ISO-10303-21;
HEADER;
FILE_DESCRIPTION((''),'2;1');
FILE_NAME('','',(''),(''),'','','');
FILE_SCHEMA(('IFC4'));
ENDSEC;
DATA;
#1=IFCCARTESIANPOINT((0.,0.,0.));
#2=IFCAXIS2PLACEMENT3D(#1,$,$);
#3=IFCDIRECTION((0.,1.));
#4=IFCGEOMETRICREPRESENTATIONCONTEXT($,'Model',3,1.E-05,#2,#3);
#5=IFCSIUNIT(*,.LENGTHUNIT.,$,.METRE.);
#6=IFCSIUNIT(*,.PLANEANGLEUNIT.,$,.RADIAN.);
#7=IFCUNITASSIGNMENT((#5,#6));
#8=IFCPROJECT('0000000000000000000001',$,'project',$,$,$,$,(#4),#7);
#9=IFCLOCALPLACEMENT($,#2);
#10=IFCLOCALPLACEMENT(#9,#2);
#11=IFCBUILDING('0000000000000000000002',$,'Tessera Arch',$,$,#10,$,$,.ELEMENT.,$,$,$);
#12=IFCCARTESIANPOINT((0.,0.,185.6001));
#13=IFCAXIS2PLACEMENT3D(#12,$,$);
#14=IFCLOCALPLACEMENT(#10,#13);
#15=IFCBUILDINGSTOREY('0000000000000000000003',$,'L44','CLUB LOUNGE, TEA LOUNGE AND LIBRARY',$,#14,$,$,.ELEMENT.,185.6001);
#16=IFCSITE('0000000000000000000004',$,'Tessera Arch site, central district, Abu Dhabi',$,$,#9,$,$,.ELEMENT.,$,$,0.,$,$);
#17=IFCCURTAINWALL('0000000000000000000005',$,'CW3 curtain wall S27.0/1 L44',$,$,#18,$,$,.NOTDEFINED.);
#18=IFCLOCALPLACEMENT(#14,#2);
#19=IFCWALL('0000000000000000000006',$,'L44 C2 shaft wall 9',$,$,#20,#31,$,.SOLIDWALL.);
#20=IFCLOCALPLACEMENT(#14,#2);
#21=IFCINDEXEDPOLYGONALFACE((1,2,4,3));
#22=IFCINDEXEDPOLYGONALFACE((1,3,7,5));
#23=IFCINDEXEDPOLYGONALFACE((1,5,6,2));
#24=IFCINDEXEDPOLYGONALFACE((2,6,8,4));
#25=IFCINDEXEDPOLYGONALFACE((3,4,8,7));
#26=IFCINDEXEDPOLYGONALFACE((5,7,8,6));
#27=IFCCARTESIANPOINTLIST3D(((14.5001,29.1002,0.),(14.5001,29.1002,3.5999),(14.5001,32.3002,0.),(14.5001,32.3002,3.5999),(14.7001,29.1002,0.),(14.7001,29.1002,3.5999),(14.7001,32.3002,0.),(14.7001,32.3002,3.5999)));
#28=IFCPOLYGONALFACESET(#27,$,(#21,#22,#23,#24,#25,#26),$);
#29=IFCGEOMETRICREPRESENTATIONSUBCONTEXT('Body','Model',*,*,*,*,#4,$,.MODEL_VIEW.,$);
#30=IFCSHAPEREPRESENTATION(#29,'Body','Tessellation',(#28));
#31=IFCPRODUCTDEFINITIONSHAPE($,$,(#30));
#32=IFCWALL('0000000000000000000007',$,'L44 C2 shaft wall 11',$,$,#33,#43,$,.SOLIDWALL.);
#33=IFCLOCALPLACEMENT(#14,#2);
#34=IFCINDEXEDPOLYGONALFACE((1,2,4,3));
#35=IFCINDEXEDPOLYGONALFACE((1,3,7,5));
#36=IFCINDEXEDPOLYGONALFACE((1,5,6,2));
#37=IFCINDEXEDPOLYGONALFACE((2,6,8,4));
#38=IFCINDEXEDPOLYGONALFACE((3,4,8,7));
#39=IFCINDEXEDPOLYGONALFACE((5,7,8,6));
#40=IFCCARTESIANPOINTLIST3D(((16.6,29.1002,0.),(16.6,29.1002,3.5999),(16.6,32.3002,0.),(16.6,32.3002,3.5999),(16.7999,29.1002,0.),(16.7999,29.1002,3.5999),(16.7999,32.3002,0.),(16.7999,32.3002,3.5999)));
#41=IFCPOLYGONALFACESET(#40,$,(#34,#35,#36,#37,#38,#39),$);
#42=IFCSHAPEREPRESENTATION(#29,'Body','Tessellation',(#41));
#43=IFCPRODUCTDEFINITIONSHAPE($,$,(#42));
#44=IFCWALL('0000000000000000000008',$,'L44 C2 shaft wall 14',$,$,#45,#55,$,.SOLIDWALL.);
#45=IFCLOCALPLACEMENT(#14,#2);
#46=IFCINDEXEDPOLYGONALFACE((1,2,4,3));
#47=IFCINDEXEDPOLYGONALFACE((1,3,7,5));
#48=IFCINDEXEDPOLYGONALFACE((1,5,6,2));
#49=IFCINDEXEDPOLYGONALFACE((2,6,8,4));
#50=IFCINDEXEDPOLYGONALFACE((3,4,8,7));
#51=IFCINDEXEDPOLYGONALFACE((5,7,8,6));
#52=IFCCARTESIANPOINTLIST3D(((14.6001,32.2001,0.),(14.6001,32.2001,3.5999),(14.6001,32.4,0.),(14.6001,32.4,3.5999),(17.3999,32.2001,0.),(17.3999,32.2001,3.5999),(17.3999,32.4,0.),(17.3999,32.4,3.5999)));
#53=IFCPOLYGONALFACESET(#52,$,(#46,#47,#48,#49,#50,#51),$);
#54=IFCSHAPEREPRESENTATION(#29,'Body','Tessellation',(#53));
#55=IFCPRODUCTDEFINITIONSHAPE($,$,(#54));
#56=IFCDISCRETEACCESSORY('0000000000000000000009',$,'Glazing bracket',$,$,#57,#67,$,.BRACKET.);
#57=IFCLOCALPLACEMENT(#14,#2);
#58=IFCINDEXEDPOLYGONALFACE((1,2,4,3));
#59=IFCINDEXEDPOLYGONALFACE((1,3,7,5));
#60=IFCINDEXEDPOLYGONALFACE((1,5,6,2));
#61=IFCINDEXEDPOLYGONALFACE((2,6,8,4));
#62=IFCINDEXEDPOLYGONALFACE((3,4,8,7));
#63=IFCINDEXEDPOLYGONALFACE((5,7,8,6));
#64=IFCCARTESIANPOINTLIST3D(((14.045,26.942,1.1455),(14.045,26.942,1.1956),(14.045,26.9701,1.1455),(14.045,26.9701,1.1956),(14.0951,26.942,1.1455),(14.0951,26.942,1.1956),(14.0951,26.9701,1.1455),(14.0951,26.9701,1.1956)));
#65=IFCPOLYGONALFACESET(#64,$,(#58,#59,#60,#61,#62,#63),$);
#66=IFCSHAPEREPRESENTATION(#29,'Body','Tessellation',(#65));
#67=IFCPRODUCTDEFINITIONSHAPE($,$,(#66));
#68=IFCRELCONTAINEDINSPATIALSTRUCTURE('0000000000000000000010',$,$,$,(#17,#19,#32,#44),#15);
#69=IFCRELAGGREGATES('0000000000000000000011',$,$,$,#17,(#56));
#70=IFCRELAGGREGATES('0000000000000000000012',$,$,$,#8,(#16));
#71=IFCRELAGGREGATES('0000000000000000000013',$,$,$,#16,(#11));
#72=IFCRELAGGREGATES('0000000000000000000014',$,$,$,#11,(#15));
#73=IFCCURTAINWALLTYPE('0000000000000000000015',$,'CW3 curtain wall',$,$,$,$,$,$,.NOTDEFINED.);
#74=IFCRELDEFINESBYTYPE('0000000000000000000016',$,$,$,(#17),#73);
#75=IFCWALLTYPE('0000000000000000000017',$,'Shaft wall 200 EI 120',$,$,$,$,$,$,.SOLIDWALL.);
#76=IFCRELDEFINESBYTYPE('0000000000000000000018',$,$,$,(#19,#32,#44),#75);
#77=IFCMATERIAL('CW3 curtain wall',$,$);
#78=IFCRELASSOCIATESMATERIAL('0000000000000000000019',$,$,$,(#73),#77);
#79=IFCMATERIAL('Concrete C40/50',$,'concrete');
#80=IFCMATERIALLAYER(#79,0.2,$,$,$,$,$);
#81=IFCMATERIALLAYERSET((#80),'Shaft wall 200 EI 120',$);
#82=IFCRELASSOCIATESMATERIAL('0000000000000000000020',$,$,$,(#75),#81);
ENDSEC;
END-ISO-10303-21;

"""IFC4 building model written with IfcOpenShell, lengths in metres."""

from ifc_helpers import new_model, si_unit, direction, frame, frame_2d, origin, origin_2d, place, context, subcontext, project, spatial, rectangle, extrude, material, layer, layer_set, type_object, element, aggregate, save


model = new_model("IFC4")

# Units and contexts
model_context = context("Model", 3, precision=1e-05, world=origin(), true_north=direction((0.0, 1.0)))
body_context = subcontext(model_context, "Body", "Model", "MODEL_VIEW")
ifc_project = project(units=[si_unit("LENGTHUNIT", "METRE"), si_unit("PLANEANGLEUNIT", "RADIAN")], contexts=[model_context])

# Site, building, storey
site_placement = place(None, origin())
site = spatial("IfcSite", under=ifc_project, at=site_placement, Name="Tessera Arch site, central district, Abu Dhabi", CompositionType="ELEMENT", RefElevation=0.0)
building_placement = place(site_placement, origin())
building = spatial("IfcBuilding", under=site, at=building_placement, Name="Tessera Arch", CompositionType="ELEMENT")
storey_placement = place(building_placement, frame((0.0, 0.0, 185.6001)))
storey = spatial("IfcBuildingStorey", under=building, at=storey_placement, Name="L44", Description="CLUB LOUNGE, TEA LOUNGE AND LIBRARY", CompositionType="ELEMENT", Elevation=185.6001)

# Curtain wall
ifc_material_1 = material(Name="CW3 curtain wall")
curtain_wall_type_1 = type_object("IfcCurtainWallType", Name="CW3 curtain wall", PredefinedType="NOTDEFINED", material=ifc_material_1)
curtain_wall_1_placement = place(storey_placement, origin())
curtain_wall_1 = element("IfcCurtainWall", 1, at=curtain_wall_1_placement, inside=storey, type_object=curtain_wall_type_1, Name="CW3 curtain wall S27.0/1 L44", PredefinedType="NOTDEFINED")

# Walls
ifc_material_2 = material(Name="Concrete C40/50", Category="concrete")
ifc_layer_1 = layer(ifc_material_2, 0.2)
ifc_layer_set_1 = layer_set([ifc_layer_1], Name="Shaft wall 200 EI 120")
wall_type_1 = type_object("IfcWallType", Name="Shaft wall 200 EI 120", PredefinedType="SOLIDWALL", material=ifc_layer_set_1)
for number, where, z_axis, x_axis, name in (
    (2, (14.6001, 29.1001, 0.0), (0.0, 0.0, 1.0), (0.0, 1.0, 0.0), "L44 C2 shaft wall 9"),
    (3, (16.7, 29.1001, 0.0), (0.0, 0.0, 1.0), (0.0, 1.0, 0.0), "L44 C2 shaft wall 11"),
):
    element("IfcWall", number, at=place(storey_placement, frame(where, z_axis=z_axis, x_axis=x_axis)), inside=storey, type_object=wall_type_1, Name=name, PredefinedType="SOLIDWALL", context=body_context, shape_type="SweptSolid", body=[
        extrude(rectangle(XDim=3.2, YDim=0.2, at=frame_2d((1.6001, 0.0))), origin(), (0.0, 0.0, 1.0), 3.5999),
    ])
wall_1_placement = place(storey_placement, frame((14.6001, 32.3, 0.0), z_axis=(0.0, 0.0, 1.0), x_axis=(1.0, 0.0, 0.0)))
element("IfcWall", 4, at=wall_1_placement, inside=storey, type_object=wall_type_1, Name="L44 C2 shaft wall 14", PredefinedType="SOLIDWALL", context=body_context, shape_type="SweptSolid", body=[
    extrude(rectangle(XDim=2.7998, YDim=0.2, at=frame_2d((1.3999, 0.0))), origin(), (0.0, 0.0, 1.0), 3.5999),
])

# Discrete accessory
discrete_accessory_placement = place(storey_placement, frame((14.0701, 26.9561, 1.1455), z_axis=(0.0, 0.0, 1.0), x_axis=(1.0, 0.0, 0.0)))
discrete_accessory = element("IfcDiscreteAccessory", 5, at=discrete_accessory_placement, Name="Glazing bracket", PredefinedType="BRACKET", context=body_context, shape_type="SweptSolid", body=[
    extrude(rectangle(XDim=0.05, YDim=0.0281, at=origin_2d()), origin(), (0.0, 0.0, 1.0), 0.05),
])
aggregate(curtain_wall_1, [discrete_accessory])

save(model, "model.ifc")
